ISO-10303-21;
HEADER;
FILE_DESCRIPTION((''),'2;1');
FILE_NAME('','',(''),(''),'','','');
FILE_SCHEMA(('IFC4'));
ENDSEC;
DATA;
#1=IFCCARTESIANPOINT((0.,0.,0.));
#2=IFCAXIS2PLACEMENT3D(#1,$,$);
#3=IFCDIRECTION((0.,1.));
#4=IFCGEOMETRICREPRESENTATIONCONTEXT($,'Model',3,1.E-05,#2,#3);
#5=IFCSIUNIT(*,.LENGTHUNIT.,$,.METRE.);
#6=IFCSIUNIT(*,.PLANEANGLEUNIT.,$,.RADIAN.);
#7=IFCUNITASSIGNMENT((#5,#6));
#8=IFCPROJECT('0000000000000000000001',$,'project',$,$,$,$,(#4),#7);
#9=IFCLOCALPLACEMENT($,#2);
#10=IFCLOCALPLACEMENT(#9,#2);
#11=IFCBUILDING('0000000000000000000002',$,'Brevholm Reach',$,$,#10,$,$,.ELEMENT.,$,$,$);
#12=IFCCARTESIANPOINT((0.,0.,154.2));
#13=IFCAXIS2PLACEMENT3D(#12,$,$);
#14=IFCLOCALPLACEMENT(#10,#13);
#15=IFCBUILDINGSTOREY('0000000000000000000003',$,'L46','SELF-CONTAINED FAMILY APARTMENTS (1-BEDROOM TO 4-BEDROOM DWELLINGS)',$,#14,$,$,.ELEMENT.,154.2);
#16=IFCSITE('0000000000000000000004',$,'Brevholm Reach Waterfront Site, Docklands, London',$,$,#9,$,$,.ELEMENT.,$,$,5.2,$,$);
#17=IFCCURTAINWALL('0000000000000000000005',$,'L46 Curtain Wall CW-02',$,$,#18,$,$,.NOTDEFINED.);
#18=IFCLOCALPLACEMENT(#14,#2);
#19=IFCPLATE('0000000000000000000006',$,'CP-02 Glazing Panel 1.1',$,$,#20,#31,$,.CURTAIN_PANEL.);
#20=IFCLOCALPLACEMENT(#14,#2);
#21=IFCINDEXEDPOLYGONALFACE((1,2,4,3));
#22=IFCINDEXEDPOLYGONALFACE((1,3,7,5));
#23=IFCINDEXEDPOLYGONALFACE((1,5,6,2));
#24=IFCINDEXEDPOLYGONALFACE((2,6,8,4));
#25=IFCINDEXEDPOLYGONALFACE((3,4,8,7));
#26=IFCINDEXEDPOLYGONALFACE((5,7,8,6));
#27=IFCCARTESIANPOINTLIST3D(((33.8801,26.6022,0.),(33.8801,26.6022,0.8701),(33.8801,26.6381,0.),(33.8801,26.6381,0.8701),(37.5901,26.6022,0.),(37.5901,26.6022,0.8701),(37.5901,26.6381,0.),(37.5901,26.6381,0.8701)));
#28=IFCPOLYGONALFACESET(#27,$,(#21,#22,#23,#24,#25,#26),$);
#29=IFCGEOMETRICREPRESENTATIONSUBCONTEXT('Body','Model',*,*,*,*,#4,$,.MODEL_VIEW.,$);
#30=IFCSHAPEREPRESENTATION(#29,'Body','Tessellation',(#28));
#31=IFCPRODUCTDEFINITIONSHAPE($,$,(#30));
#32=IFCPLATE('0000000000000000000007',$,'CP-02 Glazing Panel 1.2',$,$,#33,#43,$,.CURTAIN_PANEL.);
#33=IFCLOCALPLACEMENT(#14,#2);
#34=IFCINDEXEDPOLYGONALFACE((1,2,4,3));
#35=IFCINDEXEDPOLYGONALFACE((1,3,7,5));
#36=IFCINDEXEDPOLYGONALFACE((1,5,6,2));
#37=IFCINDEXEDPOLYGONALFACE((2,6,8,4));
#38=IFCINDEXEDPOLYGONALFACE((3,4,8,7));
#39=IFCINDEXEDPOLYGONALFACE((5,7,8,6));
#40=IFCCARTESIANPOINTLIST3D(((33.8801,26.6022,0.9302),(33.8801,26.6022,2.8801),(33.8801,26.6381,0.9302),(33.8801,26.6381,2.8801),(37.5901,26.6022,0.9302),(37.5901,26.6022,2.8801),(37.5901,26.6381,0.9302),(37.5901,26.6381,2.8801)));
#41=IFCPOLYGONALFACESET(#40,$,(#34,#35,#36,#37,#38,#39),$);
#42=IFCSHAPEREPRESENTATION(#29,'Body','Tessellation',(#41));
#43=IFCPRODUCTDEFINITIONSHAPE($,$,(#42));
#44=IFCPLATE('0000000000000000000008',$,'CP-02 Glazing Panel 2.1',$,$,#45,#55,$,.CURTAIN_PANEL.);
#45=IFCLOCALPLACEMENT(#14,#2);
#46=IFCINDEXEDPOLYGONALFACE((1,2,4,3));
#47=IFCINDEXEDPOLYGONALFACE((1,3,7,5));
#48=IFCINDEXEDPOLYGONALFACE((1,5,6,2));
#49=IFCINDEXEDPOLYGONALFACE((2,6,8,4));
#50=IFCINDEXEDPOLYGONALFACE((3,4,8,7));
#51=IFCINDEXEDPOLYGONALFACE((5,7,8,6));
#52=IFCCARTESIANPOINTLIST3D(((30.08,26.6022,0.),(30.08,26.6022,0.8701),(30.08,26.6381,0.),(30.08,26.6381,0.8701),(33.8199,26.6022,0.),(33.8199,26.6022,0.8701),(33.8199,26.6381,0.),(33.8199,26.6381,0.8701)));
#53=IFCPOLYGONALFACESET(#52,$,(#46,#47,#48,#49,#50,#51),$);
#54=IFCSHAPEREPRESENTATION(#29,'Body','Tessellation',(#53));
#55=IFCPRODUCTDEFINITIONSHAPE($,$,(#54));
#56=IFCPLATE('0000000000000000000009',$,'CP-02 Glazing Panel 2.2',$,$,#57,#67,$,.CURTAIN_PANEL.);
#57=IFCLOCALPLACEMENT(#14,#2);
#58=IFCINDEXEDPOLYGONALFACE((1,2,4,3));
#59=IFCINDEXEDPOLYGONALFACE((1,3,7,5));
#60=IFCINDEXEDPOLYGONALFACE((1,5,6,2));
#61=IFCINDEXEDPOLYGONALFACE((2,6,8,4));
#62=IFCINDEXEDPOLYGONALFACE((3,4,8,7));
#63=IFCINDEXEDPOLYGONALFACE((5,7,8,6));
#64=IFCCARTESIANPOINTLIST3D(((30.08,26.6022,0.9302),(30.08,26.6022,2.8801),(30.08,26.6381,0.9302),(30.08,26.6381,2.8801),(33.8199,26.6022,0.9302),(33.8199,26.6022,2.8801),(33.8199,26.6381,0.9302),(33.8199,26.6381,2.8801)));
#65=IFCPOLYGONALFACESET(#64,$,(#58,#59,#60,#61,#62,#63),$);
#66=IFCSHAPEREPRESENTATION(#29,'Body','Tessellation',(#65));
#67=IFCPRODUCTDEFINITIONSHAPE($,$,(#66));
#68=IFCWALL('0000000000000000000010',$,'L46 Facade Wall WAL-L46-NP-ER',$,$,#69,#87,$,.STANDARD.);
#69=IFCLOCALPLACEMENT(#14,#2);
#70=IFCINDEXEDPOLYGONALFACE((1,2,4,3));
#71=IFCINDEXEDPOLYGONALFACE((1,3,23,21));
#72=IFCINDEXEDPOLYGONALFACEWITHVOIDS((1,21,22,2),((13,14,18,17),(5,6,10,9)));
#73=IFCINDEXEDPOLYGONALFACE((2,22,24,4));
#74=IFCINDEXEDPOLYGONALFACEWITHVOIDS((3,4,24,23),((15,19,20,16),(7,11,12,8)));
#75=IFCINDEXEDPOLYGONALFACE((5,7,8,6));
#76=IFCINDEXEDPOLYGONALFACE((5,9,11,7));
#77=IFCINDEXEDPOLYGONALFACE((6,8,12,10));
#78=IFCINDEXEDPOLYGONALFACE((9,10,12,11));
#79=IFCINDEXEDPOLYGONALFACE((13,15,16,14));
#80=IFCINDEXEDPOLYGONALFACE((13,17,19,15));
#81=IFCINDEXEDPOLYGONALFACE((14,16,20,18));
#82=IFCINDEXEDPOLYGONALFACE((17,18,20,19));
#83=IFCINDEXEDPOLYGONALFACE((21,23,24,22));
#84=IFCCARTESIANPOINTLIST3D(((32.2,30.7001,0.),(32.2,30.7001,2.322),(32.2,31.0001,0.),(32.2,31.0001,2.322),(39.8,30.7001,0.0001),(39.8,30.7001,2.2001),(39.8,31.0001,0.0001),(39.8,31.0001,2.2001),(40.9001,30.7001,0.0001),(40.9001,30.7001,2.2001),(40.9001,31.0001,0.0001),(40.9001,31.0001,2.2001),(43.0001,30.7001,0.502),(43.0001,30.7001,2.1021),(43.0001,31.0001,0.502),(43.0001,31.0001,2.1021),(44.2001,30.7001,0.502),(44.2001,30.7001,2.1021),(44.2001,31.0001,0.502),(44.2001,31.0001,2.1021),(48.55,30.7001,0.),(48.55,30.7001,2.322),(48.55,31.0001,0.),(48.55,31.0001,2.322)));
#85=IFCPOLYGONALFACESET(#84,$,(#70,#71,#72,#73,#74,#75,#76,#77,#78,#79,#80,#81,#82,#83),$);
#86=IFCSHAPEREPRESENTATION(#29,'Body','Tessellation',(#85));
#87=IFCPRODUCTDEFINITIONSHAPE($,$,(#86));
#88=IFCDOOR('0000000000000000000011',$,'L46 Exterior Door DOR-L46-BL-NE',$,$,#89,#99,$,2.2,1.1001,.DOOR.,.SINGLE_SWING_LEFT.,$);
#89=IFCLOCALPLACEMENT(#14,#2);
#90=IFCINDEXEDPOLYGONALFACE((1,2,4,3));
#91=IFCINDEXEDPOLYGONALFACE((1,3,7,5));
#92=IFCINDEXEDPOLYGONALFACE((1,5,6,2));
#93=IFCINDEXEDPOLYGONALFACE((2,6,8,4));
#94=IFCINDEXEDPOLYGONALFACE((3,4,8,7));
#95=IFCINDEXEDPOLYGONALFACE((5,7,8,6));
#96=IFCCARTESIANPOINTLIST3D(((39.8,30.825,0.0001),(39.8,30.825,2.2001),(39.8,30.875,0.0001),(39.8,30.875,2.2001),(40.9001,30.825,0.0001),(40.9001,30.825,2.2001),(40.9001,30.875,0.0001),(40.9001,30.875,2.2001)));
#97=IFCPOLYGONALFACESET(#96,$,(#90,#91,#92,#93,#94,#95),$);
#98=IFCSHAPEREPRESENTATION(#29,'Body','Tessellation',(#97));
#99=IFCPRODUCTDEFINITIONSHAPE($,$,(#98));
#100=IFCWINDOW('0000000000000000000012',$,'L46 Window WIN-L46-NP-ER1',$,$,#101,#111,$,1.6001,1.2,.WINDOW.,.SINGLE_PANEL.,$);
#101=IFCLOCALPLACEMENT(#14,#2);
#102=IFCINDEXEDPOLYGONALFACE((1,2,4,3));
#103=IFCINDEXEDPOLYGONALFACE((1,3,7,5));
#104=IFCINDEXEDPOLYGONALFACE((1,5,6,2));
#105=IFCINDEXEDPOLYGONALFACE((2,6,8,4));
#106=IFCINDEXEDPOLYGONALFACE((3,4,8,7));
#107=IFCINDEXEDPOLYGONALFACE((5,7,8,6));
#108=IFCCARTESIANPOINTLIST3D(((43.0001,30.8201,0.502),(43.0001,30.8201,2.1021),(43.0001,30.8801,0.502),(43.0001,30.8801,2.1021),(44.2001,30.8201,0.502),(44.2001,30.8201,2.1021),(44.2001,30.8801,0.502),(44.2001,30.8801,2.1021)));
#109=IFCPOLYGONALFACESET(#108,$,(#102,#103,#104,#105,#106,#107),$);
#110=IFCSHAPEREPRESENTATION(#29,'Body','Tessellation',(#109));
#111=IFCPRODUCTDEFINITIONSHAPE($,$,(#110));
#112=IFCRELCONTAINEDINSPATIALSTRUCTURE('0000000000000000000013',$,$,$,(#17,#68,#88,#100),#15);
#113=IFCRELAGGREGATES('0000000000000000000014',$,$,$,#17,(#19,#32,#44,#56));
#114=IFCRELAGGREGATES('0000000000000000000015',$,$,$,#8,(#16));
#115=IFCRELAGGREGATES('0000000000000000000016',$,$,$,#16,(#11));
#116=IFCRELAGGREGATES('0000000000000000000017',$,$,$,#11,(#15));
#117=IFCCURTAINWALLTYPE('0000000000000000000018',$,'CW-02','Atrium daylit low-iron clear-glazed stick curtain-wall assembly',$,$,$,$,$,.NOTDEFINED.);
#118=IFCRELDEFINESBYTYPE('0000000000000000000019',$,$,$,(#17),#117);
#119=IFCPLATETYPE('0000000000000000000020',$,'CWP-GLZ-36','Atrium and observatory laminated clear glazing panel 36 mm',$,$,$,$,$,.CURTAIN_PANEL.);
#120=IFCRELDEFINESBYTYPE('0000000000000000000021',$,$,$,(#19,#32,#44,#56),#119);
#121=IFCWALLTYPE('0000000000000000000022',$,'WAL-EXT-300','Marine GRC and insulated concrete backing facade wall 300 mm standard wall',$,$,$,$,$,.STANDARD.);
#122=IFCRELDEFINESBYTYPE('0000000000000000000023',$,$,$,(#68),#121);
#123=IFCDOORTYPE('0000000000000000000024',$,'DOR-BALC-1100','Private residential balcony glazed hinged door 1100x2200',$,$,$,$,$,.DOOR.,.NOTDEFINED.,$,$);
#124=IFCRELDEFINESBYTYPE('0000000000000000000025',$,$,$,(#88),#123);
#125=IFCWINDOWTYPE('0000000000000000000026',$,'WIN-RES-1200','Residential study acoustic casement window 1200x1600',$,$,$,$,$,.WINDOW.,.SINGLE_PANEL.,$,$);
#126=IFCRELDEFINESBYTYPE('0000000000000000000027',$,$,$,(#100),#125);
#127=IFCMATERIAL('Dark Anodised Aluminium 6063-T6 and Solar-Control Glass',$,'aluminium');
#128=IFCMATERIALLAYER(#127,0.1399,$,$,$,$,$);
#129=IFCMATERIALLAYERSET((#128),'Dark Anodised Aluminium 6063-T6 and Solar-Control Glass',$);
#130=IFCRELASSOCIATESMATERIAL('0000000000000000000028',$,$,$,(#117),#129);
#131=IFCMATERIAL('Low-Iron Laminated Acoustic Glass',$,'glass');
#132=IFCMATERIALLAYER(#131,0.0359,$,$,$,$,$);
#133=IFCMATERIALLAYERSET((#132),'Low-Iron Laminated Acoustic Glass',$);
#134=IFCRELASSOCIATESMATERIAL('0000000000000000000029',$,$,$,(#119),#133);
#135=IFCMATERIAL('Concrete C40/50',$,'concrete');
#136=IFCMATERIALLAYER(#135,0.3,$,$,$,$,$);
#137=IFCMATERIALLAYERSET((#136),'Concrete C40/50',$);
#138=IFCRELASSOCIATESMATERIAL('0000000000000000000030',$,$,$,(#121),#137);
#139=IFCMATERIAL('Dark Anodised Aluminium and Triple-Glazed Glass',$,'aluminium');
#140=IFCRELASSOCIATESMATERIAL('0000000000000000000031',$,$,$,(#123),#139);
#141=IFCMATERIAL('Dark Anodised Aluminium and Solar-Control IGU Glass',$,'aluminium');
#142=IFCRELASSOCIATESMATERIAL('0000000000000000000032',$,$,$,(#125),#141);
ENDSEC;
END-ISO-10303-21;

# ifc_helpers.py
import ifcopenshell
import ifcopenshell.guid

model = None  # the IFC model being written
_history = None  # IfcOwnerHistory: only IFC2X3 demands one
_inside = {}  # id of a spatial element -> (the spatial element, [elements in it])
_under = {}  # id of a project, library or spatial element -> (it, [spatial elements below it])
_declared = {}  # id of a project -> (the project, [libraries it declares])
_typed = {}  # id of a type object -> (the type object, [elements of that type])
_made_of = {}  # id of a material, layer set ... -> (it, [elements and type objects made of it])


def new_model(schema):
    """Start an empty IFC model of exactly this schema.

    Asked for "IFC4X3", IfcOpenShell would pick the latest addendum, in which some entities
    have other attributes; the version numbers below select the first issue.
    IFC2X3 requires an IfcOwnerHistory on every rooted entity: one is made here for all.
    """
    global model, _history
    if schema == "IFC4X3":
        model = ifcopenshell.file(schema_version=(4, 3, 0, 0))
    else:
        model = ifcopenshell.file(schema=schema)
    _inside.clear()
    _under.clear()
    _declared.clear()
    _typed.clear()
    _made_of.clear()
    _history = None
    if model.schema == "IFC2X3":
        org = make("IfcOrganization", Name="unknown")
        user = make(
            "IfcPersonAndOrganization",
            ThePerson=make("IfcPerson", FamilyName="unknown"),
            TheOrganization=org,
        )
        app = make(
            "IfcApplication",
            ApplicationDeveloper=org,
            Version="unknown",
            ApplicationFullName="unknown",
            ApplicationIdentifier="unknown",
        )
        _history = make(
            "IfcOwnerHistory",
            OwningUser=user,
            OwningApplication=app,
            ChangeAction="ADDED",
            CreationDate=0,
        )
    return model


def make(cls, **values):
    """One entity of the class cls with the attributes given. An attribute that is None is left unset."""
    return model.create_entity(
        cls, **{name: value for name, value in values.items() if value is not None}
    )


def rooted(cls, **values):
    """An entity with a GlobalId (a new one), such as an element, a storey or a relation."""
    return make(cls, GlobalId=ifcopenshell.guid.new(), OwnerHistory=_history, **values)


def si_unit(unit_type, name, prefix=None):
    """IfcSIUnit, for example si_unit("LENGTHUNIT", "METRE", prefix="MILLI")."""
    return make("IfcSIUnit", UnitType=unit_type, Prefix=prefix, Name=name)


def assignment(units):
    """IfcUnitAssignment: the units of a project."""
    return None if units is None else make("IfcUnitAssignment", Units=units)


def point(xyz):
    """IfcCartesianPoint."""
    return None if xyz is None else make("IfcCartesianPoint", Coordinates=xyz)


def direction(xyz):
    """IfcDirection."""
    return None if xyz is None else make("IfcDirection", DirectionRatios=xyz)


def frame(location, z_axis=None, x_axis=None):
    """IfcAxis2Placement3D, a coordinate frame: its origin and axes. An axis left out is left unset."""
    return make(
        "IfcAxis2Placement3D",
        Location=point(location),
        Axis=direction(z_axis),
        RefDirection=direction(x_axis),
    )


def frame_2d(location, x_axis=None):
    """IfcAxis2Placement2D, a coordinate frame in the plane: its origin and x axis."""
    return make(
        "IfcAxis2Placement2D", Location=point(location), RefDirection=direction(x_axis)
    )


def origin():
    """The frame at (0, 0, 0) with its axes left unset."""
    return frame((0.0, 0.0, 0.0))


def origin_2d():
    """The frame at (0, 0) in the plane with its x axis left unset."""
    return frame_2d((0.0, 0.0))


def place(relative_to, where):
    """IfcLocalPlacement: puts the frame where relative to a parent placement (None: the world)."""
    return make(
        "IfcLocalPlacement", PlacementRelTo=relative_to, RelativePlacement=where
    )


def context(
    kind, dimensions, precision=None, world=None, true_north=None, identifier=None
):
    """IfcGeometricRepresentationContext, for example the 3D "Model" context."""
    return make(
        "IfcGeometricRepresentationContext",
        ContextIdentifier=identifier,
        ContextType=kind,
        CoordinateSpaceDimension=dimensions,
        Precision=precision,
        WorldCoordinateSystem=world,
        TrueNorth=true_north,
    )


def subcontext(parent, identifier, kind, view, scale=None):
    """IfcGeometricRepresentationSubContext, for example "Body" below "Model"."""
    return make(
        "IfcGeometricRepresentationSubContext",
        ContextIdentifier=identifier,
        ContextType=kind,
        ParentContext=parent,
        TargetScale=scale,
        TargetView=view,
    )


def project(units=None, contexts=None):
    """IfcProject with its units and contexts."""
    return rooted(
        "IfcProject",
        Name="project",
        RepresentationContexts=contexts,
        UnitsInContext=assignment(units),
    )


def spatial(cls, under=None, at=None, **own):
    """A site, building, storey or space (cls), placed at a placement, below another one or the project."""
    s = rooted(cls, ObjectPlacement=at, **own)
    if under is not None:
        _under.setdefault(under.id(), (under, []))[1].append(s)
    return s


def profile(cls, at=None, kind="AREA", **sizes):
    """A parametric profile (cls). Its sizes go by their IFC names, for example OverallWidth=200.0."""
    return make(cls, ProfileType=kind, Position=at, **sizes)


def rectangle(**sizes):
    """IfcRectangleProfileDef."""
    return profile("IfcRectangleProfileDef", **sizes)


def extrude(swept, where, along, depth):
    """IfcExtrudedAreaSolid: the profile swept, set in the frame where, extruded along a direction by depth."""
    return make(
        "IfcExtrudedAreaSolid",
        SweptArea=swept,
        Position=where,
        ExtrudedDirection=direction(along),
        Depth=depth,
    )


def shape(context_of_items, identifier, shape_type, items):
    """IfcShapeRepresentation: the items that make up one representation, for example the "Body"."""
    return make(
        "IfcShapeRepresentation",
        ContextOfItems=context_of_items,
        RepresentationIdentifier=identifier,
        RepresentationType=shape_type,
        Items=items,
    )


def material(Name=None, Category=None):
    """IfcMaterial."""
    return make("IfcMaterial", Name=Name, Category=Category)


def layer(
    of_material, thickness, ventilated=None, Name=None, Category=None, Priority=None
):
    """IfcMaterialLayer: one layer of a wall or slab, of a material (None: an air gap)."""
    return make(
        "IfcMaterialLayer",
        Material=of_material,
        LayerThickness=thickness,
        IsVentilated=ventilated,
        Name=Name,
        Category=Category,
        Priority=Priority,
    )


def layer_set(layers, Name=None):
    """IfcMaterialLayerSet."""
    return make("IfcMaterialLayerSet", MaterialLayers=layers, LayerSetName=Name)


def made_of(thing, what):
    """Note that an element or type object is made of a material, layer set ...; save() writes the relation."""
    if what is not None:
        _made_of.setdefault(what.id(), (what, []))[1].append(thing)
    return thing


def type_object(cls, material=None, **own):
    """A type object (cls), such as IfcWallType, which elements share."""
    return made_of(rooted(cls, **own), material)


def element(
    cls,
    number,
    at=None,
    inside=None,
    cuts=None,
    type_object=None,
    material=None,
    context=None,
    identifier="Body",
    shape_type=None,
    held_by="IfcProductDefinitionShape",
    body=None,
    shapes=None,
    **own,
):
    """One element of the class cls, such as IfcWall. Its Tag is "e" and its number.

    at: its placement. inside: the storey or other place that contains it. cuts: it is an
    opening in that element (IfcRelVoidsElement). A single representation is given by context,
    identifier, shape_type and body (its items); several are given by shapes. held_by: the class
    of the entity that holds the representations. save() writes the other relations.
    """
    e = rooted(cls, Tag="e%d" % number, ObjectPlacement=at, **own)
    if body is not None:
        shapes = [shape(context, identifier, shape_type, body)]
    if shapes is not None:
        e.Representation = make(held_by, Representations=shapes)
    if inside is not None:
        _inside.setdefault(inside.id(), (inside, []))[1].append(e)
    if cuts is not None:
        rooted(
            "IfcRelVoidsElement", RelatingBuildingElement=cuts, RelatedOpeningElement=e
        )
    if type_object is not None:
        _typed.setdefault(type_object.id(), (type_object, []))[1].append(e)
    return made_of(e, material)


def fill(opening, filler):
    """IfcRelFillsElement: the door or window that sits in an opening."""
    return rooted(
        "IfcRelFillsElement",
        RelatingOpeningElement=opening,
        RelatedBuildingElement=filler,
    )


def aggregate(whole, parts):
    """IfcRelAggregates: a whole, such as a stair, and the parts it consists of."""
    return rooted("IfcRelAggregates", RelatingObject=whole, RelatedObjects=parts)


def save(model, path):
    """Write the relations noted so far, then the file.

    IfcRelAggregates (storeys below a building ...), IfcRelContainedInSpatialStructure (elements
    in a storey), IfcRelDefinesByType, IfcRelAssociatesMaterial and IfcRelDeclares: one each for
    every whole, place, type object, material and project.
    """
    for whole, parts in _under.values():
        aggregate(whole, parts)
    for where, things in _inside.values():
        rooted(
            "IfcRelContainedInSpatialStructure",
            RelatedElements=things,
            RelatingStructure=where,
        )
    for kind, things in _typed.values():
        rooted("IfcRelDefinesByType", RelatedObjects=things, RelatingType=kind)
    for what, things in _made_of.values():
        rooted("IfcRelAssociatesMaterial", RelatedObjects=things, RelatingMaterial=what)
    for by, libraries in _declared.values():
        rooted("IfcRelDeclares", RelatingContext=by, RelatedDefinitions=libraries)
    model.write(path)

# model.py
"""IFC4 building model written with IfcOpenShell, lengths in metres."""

from ifc_helpers import new_model, si_unit, direction, frame, frame_2d, origin, origin_2d, place, context, subcontext, project, spatial, rectangle, extrude, material, layer, layer_set, type_object, element, fill, aggregate, save


model = new_model("IFC4")

# Units and contexts
model_context = context("Model", 3, precision=1e-05, world=origin(), true_north=direction((0.0, 1.0)))
body_context = subcontext(model_context, "Body", "Model", "MODEL_VIEW")
ifc_project = project(units=[si_unit("LENGTHUNIT", "METRE"), si_unit("PLANEANGLEUNIT", "RADIAN")], contexts=[model_context])

# Site, building, storey
site_placement = place(None, origin())
site = spatial("IfcSite", under=ifc_project, at=site_placement, Name="Brevholm Reach Waterfront Site, Docklands, London", CompositionType="ELEMENT", RefElevation=5.2)
building_placement = place(site_placement, origin())
building = spatial("IfcBuilding", under=site, at=building_placement, Name="Brevholm Reach", CompositionType="ELEMENT")
storey_placement = place(building_placement, frame((0.0, 0.0, 154.2)))
storey = spatial("IfcBuildingStorey", under=building, at=storey_placement, Name="L46", Description="SELF-CONTAINED FAMILY APARTMENTS (1-BEDROOM TO 4-BEDROOM DWELLINGS)", CompositionType="ELEMENT", Elevation=154.2)

# Shared definitions
ifc_material_1 = material(Name="Dark Anodised Aluminium 6063-T6 and Solar-Control Glass", Category="aluminium")
ifc_layer_1 = layer(ifc_material_1, 0.1399)
ifc_layer_set_1 = layer_set([ifc_layer_1], Name="Dark Anodised Aluminium 6063-T6 and Solar-Control Glass")
curtain_wall_type_1 = type_object("IfcCurtainWallType", Name="CW-02", Description="Atrium daylit low-iron clear-glazed stick curtain-wall assembly", PredefinedType="NOTDEFINED", material=ifc_layer_set_1)

# Curtain wall
curtain_wall_1_placement = place(storey_placement, origin())
curtain_wall_1 = element("IfcCurtainWall", 1, at=curtain_wall_1_placement, inside=storey, type_object=curtain_wall_type_1, Name="L46 Curtain Wall CW-02", PredefinedType="NOTDEFINED")

# Plates
ifc_material_2 = material(Name="Low-Iron Laminated Acoustic Glass", Category="glass")
ifc_layer_2 = layer(ifc_material_2, 0.0359)
ifc_layer_set_2 = layer_set([ifc_layer_2], Name="Low-Iron Laminated Acoustic Glass")
plate_type_1 = type_object("IfcPlateType", Name="CWP-GLZ-36", Description="Atrium and observatory laminated clear glazing panel 36 mm", PredefinedType="CURTAIN_PANEL", material=ifc_layer_set_2)
plate_1_placement = place(storey_placement, frame((35.7351, 26.6201, 0.0), z_axis=(0.0, 0.0, 1.0), x_axis=(-1.0, 0.0, 0.0)))
plate_1 = element("IfcPlate", 2, at=plate_1_placement, type_object=plate_type_1, Name="CP-02 Glazing Panel 1.1", PredefinedType="CURTAIN_PANEL", context=body_context, shape_type="SweptSolid", body=[
    extrude(rectangle(XDim=3.71, YDim=0.0359, at=origin_2d()), origin(), (0.0, 0.0, 1.0), 0.8701),
])
plate_2_placement = place(storey_placement, frame((35.7351, 26.6201, 0.9302), z_axis=(0.0, 0.0, 1.0), x_axis=(-1.0, 0.0, 0.0)))
plate_2 = element("IfcPlate", 3, at=plate_2_placement, type_object=plate_type_1, Name="CP-02 Glazing Panel 1.2", PredefinedType="CURTAIN_PANEL", context=body_context, shape_type="SweptSolid", body=[
    extrude(rectangle(XDim=3.71, YDim=0.0359, at=origin_2d()), origin(), (0.0, 0.0, 1.0), 1.95),
])
plate_3_placement = place(storey_placement, frame((31.95, 26.6201, 0.0), z_axis=(0.0, 0.0, 1.0), x_axis=(-1.0, 0.0, 0.0)))
plate_3 = element("IfcPlate", 4, at=plate_3_placement, type_object=plate_type_1, Name="CP-02 Glazing Panel 2.1", PredefinedType="CURTAIN_PANEL", context=body_context, shape_type="SweptSolid", body=[
    extrude(rectangle(XDim=3.74, YDim=0.0359, at=origin_2d()), origin(), (0.0, 0.0, 1.0), 0.8701),
])
plate_4_placement = place(storey_placement, frame((31.95, 26.6201, 0.9302), z_axis=(0.0, 0.0, 1.0), x_axis=(-1.0, 0.0, 0.0)))
plate_4 = element("IfcPlate", 5, at=plate_4_placement, type_object=plate_type_1, Name="CP-02 Glazing Panel 2.2", PredefinedType="CURTAIN_PANEL", context=body_context, shape_type="SweptSolid", body=[
    extrude(rectangle(XDim=3.74, YDim=0.0359, at=origin_2d()), origin(), (0.0, 0.0, 1.0), 1.95),
])
aggregate(curtain_wall_1, [plate_1, plate_2, plate_3, plate_4])

# Wall, openings, door, window
ifc_material_3 = material(Name="Concrete C40/50", Category="concrete")
ifc_layer_3 = layer(ifc_material_3, 0.3)
ifc_layer_set_3 = layer_set([ifc_layer_3], Name="Concrete C40/50")
wall_type = type_object("IfcWallType", Name="WAL-EXT-300", Description="Marine GRC and insulated concrete backing facade wall 300 mm standard wall", PredefinedType="STANDARD", material=ifc_layer_set_3)
wall_placement = place(storey_placement, frame((32.2, 30.8501, 0.0), z_axis=(0.0, 0.0, 1.0), x_axis=(1.0, 0.0, 0.0)))
wall = element("IfcWall", 6, at=wall_placement, inside=storey, type_object=wall_type, Name="L46 Facade Wall WAL-L46-NP-ER", PredefinedType="STANDARD", context=body_context, shape_type="SweptSolid", body=[
    extrude(rectangle(XDim=16.3501, YDim=0.3, at=frame_2d((8.175, 0.0))), origin(), (0.0, 0.0, 1.0), 2.322),
])
opening_1_placement = place(wall_placement, frame((7.6001, 0.0, 0.0)))
opening_1 = element("IfcOpeningElement", 7, at=opening_1_placement, cuts=wall, PredefinedType="OPENING", context=body_context, shape_type="SweptSolid", body=[
    extrude(rectangle(XDim=1.1001, YDim=2.2, at=frame_2d((0.55, 1.1001))), frame((0.0, 0.1599, 0.0), z_axis=(0.0, -1.0, 0.0), x_axis=(1.0, 0.0, 0.0)), (0.0, 0.0, 1.0), 0.3201),
])
opening_2_placement = place(wall_placement, frame((10.8, 0.0, 0.502)))
opening_2 = element("IfcOpeningElement", 8, at=opening_2_placement, cuts=wall, PredefinedType="OPENING", context=body_context, shape_type="SweptSolid", body=[
    extrude(rectangle(XDim=1.2, YDim=1.6001, at=frame_2d((0.6001, 0.8))), frame((0.0, 0.1599, 0.0), z_axis=(0.0, -1.0, 0.0), x_axis=(1.0, 0.0, 0.0)), (0.0, 0.0, 1.0), 0.3201),
])
ifc_material_4 = material(Name="Dark Anodised Aluminium and Triple-Glazed Glass", Category="aluminium")
door_type = type_object("IfcDoorType", Name="DOR-BALC-1100", Description="Private residential balcony glazed hinged door 1100x2200", OperationType="NOTDEFINED", PredefinedType="DOOR", material=ifc_material_4)
door_placement = place(opening_1_placement, origin())
door = element("IfcDoor", 9, at=door_placement, inside=storey, type_object=door_type, Name="L46 Exterior Door DOR-L46-BL-NE", OperationType="SINGLE_SWING_LEFT", OverallHeight=2.2, OverallWidth=1.1001, PredefinedType="DOOR", context=body_context, shape_type="SweptSolid", body=[
    extrude(rectangle(XDim=1.1001, YDim=2.2, at=frame_2d((0.55, 1.1001))), frame((0.0, 0.0249, 0.0), z_axis=(0.0, -1.0, 0.0), x_axis=(1.0, 0.0, 0.0)), (0.0, 0.0, 1.0), 0.05),
])
fill(opening_1, door)
ifc_material_5 = material(Name="Dark Anodised Aluminium and Solar-Control IGU Glass", Category="aluminium")
window_type = type_object("IfcWindowType", Name="WIN-RES-1200", Description="Residential study acoustic casement window 1200x1600", PartitioningType="SINGLE_PANEL", PredefinedType="WINDOW", material=ifc_material_5)
window_placement = place(opening_2_placement, origin())
window = element("IfcWindow", 10, at=window_placement, inside=storey, type_object=window_type, Name="L46 Window WIN-L46-NP-ER1", OverallHeight=1.6001, OverallWidth=1.2, PartitioningType="SINGLE_PANEL", PredefinedType="WINDOW", context=body_context, shape_type="SweptSolid", body=[
    extrude(rectangle(XDim=1.2, YDim=1.6001, at=frame_2d((0.6001, 0.8))), frame((0.0, 0.03, 0.0), z_axis=(0.0, -1.0, 0.0), x_axis=(1.0, 0.0, 0.0)), (0.0, 0.0, 1.0), 0.0601),
])
fill(opening_2, window)

save(model, "model.ifc")
